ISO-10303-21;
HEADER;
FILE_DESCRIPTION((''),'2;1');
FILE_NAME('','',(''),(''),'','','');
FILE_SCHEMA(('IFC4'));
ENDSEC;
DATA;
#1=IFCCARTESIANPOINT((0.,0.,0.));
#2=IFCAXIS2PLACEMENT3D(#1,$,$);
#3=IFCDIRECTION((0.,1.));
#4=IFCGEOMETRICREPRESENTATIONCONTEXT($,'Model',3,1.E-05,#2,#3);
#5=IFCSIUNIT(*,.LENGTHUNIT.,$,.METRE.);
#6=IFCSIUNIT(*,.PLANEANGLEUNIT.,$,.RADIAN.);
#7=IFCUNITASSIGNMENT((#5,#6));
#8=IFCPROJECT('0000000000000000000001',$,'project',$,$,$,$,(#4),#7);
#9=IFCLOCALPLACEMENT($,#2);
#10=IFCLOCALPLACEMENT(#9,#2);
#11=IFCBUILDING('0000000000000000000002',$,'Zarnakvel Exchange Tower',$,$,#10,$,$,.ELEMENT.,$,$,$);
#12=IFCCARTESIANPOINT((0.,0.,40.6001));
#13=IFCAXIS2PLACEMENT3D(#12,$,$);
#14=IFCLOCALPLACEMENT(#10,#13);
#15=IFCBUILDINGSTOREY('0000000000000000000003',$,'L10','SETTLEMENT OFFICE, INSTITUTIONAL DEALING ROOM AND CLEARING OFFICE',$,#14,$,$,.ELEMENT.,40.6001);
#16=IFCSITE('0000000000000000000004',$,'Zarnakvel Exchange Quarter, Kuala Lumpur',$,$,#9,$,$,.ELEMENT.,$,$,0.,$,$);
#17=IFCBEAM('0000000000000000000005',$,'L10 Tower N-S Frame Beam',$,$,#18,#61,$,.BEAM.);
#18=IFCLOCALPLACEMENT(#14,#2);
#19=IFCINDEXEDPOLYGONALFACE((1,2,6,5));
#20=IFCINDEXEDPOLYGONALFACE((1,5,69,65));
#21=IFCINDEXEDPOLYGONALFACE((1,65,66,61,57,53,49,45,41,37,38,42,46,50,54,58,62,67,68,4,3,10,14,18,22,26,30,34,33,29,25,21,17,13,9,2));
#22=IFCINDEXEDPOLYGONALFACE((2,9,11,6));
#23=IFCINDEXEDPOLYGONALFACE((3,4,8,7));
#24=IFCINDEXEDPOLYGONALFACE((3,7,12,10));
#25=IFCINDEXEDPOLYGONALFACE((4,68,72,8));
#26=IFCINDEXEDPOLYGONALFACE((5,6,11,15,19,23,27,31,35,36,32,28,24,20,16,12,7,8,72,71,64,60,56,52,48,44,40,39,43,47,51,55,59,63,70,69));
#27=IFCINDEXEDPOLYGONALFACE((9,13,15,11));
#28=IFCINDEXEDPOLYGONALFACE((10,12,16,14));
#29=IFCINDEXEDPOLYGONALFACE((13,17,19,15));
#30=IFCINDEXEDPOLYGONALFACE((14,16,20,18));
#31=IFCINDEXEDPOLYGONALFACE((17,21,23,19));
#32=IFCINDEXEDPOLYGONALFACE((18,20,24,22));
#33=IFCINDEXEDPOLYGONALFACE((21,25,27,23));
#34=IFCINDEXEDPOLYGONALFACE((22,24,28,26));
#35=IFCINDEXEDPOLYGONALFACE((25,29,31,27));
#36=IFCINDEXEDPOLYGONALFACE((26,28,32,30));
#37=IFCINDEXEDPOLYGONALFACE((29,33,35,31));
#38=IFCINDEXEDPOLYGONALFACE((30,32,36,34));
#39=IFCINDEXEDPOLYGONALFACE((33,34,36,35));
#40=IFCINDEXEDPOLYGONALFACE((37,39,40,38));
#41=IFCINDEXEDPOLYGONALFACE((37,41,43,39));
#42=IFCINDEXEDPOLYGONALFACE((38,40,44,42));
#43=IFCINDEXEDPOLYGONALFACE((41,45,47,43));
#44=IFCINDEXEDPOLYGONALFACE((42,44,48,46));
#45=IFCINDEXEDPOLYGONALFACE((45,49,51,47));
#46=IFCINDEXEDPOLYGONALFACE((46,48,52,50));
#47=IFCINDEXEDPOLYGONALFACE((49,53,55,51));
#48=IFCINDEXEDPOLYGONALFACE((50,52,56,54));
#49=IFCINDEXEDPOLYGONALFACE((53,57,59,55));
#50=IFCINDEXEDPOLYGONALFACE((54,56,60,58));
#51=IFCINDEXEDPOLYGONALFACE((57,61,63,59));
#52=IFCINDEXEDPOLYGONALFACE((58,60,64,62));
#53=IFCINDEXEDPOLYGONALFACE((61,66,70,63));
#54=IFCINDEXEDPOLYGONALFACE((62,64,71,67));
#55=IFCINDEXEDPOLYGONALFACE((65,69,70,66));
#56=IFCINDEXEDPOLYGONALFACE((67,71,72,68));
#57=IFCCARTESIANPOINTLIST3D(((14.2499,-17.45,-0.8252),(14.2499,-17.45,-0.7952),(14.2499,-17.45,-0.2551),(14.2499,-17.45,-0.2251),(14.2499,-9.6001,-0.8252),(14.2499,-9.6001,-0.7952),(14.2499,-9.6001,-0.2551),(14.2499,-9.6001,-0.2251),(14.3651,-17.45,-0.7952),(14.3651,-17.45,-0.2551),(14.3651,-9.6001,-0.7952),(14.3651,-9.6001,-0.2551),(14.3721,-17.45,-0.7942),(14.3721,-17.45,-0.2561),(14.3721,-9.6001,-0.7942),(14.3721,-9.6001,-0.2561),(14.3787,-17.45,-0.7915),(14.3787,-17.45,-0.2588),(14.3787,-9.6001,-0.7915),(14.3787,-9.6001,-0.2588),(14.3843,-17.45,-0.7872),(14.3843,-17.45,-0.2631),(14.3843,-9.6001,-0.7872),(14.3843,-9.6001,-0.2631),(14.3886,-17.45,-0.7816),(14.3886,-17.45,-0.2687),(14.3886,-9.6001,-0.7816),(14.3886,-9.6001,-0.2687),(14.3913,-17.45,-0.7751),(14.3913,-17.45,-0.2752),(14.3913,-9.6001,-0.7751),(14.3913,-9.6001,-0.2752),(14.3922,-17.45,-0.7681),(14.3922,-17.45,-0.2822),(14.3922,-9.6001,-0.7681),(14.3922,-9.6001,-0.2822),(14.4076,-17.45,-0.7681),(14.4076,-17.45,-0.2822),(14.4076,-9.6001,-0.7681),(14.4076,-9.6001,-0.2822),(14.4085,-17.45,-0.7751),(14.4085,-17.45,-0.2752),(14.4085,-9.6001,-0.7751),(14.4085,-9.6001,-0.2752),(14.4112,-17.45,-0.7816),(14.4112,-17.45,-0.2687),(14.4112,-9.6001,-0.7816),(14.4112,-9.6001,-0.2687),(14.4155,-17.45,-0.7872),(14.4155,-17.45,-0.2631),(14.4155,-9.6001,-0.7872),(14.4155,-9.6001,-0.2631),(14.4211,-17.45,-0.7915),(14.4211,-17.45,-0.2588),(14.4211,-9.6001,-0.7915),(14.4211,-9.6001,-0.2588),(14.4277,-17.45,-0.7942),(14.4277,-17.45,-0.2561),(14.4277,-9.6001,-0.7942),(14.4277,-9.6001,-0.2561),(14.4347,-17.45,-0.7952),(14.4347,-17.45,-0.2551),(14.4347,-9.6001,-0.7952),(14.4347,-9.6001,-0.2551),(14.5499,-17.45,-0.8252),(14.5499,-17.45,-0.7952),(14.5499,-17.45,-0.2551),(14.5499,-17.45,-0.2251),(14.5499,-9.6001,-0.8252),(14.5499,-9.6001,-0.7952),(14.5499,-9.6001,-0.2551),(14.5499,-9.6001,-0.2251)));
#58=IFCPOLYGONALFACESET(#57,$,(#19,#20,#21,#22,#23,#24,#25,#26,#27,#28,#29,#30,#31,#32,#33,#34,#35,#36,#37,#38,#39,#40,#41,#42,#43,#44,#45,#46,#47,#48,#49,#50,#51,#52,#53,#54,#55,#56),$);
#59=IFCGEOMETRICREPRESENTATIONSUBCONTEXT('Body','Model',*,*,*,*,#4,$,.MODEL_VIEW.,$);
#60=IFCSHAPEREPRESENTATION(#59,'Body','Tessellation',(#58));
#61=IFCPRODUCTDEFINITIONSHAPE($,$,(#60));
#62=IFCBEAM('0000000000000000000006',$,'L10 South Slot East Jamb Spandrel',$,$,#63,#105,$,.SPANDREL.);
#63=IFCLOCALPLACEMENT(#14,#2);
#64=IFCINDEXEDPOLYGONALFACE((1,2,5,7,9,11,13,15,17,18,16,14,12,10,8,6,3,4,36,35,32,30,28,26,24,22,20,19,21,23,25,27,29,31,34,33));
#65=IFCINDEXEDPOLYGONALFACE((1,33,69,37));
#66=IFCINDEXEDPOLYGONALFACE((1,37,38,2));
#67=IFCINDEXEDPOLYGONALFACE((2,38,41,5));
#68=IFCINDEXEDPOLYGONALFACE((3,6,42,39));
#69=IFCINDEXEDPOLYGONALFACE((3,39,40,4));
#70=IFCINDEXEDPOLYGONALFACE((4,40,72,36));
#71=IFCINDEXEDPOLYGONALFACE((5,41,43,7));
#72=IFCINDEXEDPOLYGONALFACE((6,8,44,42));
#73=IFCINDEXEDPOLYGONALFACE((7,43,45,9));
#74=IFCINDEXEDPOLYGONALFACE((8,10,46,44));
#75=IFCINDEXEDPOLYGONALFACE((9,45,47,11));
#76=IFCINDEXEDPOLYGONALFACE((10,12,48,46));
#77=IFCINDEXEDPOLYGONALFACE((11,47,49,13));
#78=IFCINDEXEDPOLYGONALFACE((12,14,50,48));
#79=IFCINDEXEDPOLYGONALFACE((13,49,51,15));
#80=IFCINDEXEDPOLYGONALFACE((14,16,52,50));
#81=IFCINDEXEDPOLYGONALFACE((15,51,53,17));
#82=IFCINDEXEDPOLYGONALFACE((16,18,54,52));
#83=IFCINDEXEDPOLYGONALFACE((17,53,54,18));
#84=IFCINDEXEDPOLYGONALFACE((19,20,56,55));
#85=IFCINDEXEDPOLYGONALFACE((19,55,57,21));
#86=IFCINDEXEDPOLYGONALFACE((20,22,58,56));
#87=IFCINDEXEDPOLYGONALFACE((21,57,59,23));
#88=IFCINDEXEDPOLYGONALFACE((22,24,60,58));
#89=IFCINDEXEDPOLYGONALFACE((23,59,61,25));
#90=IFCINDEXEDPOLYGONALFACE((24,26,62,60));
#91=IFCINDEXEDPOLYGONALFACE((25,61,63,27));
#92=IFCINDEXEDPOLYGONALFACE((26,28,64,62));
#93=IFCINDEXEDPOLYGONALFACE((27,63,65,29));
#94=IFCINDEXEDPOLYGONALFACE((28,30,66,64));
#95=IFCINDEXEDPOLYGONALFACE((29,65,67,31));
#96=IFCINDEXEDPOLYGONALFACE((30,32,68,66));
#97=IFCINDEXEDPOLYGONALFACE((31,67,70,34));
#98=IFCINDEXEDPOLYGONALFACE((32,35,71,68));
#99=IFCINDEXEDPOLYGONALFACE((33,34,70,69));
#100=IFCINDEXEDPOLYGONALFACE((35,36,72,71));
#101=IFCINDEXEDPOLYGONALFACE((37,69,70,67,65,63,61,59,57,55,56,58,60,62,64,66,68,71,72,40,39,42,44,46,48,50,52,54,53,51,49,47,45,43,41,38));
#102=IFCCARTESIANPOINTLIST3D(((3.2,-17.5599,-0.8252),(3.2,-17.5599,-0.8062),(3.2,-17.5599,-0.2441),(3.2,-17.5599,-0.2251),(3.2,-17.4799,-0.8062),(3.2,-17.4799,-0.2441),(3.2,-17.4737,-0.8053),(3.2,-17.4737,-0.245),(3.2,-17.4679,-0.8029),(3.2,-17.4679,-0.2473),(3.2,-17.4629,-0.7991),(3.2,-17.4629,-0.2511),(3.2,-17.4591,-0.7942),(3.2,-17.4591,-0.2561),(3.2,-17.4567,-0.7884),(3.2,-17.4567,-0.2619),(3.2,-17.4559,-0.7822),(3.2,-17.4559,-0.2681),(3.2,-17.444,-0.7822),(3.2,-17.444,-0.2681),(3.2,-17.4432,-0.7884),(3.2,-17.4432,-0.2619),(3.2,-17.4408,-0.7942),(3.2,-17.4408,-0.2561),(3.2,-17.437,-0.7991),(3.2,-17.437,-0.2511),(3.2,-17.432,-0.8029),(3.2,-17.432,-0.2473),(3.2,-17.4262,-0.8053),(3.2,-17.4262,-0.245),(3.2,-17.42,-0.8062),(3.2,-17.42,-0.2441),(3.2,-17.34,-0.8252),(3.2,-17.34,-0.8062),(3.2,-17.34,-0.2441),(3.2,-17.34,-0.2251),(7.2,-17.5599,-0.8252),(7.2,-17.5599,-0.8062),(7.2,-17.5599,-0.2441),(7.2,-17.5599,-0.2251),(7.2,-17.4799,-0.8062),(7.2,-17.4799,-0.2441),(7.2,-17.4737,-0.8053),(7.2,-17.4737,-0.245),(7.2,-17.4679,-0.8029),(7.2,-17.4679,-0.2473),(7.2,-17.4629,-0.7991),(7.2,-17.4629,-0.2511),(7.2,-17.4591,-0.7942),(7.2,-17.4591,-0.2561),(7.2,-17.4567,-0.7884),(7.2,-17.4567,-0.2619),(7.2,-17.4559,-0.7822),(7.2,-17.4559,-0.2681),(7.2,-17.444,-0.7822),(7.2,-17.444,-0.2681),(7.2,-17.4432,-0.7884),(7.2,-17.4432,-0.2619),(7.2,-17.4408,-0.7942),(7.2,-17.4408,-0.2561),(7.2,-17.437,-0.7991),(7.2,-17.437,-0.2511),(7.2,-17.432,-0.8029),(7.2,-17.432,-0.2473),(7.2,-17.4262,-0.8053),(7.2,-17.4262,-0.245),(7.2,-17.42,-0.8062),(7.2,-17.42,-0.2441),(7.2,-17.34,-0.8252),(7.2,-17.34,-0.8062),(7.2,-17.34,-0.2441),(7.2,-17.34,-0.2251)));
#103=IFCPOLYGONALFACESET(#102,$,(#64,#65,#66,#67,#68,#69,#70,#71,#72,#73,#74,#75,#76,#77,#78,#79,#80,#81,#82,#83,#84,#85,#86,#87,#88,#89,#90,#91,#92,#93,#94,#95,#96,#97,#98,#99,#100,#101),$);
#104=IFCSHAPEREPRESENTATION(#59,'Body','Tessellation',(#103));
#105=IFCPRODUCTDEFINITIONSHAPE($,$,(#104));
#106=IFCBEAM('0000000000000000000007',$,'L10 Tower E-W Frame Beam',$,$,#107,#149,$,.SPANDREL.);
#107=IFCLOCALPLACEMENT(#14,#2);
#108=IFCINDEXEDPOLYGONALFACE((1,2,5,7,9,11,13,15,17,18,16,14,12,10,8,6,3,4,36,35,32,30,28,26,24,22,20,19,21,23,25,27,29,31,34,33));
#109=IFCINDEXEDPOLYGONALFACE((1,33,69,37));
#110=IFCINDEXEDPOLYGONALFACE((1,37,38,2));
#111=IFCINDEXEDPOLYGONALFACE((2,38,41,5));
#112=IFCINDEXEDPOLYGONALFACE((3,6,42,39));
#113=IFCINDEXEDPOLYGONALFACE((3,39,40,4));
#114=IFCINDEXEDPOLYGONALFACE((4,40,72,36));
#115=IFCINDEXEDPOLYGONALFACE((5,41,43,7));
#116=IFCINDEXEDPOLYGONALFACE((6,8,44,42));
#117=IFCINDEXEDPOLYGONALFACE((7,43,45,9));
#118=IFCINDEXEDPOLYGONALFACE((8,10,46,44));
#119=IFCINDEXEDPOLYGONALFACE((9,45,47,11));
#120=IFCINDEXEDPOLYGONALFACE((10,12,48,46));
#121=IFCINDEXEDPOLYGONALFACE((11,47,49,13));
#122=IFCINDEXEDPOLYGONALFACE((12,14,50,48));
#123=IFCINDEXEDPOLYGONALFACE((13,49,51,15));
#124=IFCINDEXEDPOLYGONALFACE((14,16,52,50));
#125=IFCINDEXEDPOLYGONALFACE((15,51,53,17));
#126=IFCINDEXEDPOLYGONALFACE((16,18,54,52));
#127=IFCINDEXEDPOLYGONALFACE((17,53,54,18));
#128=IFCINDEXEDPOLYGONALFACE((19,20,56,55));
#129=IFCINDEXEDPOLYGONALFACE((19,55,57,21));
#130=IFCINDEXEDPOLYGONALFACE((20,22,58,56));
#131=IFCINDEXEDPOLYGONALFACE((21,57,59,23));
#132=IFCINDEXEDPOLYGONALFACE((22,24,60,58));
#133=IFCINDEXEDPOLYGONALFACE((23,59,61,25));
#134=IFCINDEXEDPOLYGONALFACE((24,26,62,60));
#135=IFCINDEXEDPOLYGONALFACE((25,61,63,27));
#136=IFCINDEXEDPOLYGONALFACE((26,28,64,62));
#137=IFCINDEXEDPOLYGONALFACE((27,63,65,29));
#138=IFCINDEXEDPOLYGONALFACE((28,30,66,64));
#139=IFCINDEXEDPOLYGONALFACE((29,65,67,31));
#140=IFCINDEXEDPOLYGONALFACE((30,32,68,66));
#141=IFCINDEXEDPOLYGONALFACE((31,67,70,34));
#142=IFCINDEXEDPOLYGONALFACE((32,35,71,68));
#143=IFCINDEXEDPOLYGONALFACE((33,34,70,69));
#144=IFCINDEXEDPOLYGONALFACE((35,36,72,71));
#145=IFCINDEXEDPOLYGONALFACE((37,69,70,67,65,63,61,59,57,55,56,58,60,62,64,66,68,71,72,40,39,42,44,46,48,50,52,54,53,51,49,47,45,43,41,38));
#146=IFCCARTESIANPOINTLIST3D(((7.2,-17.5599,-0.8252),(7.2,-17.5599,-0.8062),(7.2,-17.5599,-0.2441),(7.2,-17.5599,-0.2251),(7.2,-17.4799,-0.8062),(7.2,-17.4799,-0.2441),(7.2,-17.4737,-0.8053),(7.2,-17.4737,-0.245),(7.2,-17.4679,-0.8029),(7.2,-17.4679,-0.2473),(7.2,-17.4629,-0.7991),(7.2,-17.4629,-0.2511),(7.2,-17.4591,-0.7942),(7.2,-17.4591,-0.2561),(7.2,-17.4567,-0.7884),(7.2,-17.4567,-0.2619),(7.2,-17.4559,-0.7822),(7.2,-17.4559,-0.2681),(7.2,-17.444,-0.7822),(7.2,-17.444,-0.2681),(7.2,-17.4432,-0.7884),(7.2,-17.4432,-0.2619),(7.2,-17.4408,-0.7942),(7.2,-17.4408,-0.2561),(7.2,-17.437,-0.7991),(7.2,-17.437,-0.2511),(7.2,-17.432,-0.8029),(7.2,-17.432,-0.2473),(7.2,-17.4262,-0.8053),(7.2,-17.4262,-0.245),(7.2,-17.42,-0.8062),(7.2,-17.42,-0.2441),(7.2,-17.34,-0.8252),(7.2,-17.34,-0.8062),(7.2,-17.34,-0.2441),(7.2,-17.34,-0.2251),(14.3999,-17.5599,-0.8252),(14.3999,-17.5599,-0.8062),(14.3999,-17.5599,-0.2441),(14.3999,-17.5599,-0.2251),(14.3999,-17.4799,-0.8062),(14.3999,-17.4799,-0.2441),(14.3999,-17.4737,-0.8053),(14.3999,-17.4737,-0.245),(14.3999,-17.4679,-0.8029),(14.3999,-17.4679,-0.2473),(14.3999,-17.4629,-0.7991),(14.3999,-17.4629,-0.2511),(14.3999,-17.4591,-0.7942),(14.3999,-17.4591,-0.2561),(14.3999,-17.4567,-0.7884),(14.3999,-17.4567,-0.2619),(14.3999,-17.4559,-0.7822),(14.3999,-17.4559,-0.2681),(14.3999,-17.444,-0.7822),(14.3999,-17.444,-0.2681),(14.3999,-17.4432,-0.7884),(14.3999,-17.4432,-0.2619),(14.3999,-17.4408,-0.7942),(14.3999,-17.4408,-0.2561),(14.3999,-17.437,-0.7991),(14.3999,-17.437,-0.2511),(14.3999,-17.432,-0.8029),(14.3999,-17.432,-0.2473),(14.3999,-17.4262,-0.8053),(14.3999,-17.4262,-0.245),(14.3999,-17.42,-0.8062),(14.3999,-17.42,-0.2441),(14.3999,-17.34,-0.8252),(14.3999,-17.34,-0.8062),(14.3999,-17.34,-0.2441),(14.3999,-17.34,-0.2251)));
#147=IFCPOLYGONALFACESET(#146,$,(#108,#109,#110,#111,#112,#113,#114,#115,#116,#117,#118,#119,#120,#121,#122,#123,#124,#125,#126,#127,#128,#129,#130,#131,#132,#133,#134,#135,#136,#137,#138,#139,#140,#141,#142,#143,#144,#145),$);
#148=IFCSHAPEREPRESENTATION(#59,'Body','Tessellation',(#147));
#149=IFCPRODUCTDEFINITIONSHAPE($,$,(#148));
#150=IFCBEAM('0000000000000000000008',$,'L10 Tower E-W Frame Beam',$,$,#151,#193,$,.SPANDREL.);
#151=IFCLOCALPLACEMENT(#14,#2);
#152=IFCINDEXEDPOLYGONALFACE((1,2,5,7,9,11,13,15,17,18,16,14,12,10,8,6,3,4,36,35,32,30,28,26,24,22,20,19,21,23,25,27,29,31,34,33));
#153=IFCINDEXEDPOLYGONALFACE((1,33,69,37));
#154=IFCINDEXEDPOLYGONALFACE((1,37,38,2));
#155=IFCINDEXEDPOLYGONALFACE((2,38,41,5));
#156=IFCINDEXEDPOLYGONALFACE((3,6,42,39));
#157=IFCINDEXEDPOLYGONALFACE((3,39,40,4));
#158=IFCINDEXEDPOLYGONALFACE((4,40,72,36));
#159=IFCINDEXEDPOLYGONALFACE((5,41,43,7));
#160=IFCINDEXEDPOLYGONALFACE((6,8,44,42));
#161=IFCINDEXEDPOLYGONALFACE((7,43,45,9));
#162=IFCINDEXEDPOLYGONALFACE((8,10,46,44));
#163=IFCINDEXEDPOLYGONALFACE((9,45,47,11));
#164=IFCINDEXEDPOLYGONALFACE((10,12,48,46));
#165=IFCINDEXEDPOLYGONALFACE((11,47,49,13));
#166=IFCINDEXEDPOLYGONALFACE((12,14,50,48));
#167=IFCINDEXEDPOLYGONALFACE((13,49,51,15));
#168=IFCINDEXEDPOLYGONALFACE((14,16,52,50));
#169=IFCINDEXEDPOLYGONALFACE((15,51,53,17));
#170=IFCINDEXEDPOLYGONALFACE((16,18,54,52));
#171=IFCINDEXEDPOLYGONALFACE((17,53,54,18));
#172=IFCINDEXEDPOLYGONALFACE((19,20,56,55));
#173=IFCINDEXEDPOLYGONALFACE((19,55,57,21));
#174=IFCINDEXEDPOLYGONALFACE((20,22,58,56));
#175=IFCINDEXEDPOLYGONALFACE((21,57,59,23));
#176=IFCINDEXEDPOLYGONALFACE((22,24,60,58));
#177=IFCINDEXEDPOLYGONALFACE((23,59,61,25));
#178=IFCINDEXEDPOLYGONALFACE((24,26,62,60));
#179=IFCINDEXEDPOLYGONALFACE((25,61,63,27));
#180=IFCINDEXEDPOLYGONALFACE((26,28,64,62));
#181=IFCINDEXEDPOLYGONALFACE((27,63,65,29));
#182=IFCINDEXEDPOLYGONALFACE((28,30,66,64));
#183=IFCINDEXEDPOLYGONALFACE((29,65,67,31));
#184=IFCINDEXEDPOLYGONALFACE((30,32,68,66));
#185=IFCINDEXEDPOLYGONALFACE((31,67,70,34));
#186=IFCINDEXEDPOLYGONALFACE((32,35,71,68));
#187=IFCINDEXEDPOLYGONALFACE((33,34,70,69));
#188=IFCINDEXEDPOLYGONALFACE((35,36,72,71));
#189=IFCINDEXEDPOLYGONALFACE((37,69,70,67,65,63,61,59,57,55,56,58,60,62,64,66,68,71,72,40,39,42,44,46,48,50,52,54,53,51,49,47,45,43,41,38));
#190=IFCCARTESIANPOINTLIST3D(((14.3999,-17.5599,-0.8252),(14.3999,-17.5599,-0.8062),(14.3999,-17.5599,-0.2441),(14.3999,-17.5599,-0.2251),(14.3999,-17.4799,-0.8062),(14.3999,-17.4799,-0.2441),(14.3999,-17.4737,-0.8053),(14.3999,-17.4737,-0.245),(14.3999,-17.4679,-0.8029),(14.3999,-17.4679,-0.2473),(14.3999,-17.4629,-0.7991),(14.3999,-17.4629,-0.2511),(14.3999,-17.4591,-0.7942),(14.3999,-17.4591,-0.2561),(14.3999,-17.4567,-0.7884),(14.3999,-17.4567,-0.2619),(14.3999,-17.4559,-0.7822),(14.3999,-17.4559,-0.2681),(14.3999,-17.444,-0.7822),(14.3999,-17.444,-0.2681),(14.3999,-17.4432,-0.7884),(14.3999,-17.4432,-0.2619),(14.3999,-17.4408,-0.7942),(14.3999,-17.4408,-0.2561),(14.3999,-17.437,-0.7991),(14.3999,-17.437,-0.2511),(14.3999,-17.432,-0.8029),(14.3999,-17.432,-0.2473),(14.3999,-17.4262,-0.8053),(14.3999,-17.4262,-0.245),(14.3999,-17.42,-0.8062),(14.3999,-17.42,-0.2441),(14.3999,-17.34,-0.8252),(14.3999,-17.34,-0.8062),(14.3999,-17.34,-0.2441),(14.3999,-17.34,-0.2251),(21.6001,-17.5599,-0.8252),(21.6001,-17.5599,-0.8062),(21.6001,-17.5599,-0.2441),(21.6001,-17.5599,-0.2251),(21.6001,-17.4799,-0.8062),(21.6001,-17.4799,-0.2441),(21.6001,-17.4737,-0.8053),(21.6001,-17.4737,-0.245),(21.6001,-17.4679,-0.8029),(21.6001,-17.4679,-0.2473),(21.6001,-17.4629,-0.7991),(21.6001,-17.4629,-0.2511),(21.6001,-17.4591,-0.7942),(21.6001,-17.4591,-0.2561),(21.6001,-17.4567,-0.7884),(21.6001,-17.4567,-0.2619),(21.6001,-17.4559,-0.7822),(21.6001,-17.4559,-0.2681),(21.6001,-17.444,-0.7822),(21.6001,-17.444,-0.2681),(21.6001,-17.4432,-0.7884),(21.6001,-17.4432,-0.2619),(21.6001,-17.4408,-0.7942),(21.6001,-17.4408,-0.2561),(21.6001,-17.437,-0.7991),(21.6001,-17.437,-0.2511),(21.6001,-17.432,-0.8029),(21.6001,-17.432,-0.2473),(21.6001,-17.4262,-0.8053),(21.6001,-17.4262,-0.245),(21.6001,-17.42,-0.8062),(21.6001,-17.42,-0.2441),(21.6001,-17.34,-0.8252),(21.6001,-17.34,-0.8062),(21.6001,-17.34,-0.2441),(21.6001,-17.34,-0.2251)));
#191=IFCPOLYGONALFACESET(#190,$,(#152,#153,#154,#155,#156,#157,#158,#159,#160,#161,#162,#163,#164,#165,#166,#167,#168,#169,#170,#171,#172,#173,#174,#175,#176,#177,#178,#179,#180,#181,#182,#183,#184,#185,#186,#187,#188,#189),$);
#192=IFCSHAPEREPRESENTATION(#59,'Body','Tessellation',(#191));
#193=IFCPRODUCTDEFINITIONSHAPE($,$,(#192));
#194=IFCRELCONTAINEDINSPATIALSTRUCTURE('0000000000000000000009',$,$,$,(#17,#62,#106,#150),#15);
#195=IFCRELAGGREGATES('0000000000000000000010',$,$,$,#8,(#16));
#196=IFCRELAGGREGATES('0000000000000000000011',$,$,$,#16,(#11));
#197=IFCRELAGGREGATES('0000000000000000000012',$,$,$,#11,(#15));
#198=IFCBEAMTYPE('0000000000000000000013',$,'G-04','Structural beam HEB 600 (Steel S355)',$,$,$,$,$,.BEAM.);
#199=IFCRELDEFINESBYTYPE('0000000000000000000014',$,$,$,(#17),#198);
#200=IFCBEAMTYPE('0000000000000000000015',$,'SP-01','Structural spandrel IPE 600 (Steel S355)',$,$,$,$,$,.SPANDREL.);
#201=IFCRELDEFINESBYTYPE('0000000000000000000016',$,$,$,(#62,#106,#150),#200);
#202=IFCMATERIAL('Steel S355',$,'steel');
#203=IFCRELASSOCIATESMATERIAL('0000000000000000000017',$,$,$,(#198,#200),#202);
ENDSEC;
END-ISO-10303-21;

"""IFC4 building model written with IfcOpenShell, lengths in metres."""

from ifc_helpers import new_model, si_unit, direction, frame, origin, origin_2d, place, context, subcontext, project, spatial, i_section, extrude, material, material_profile, profile_set, type_object, element, save


model = new_model("IFC4")

# Units and contexts
model_context = context("Model", 3, precision=1e-05, world=origin(), true_north=direction((0.0, 1.0)))
body_context = subcontext(model_context, "Body", "Model", "MODEL_VIEW")
ifc_project = project(units=[si_unit("LENGTHUNIT", "METRE"), si_unit("PLANEANGLEUNIT", "RADIAN")], contexts=[model_context])

# Site, building, storey
site_placement = place(None, origin())
site = spatial("IfcSite", under=ifc_project, at=site_placement, Name="Zarnakvel Exchange Quarter, Kuala Lumpur", CompositionType="ELEMENT", RefElevation=0.0)
building_placement = place(site_placement, origin())
building = spatial("IfcBuilding", under=site, at=building_placement, Name="Zarnakvel Exchange Tower", CompositionType="ELEMENT")
storey_placement = place(building_placement, frame((0.0, 0.0, 40.6001)))
storey = spatial("IfcBuildingStorey", under=building, at=storey_placement, Name="L10", Description="SETTLEMENT OFFICE, INSTITUTIONAL DEALING ROOM AND CLEARING OFFICE", CompositionType="ELEMENT", Elevation=40.6001)

# Beams
ifc_material_1 = material(Name="Steel S355", Category="steel")
ifc_material_profile_1 = material_profile(ifc_material_1, i_section(OverallWidth=0.3, OverallDepth=0.6001, WebThickness=0.0154, FlangeThickness=0.03, FilletRadius=0.0271, at=origin_2d()))
ifc_profile_set_1 = profile_set([ifc_material_profile_1], Name="Steel S355")
beam_type_1 = type_object("IfcBeamType", Name="G-04", Description="Structural beam HEB 600 (Steel S355)", PredefinedType="BEAM", material=ifc_profile_set_1)
for number, where, z_axis, x_axis, name in (
    (1, (14.3999, -17.45, -0.5251), (0.0, 1.0, 0.0), (-1.0, 0.0, 0.0), "L10 Tower N-S Frame Beam"),
):
    element("IfcBeam", number, at=place(storey_placement, frame(where, z_axis=z_axis, x_axis=x_axis)), inside=storey, type_object=beam_type_1, Name=name, PredefinedType="BEAM", context=body_context, shape_type="SweptSolid", body=[
        extrude(i_section(OverallWidth=0.3, OverallDepth=0.6001, WebThickness=0.0154, FlangeThickness=0.03, FilletRadius=0.0271, at=origin_2d()), origin(), (0.0, 0.0, 1.0), 7.8499),
    ])
ifc_material_profile_2 = material_profile(ifc_material_1, i_section(OverallWidth=0.22, OverallDepth=0.6001, WebThickness=0.012, FlangeThickness=0.019, FilletRadius=0.0239, at=origin_2d()))
ifc_profile_set_2 = profile_set([ifc_material_profile_2], Name="Steel S355")
beam_type_2 = type_object("IfcBeamType", Name="SP-01", Description="Structural spandrel IPE 600 (Steel S355)", PredefinedType="SPANDREL", material=ifc_profile_set_2)
beam_1_placement = place(storey_placement, frame((3.2, -17.45, -0.5251), z_axis=(1.0, 0.0, 0.0), x_axis=(0.0, 1.0, 0.0)))
element("IfcBeam", 2, at=beam_1_placement, inside=storey, type_object=beam_type_2, Name="L10 South Slot East Jamb Spandrel", PredefinedType="SPANDREL", context=body_context, shape_type="SweptSolid", body=[
    extrude(i_section(OverallWidth=0.22, OverallDepth=0.6001, WebThickness=0.012, FlangeThickness=0.019, FilletRadius=0.0239, at=origin_2d()), origin(), (0.0, 0.0, 1.0), 4.0),
])
beam_2_placement = place(storey_placement, frame((7.2, -17.45, -0.5251), z_axis=(1.0, 0.0, 0.0), x_axis=(0.0, 1.0, 0.0)))
element("IfcBeam", 3, at=beam_2_placement, inside=storey, type_object=beam_type_2, Name="L10 Tower E-W Frame Beam", PredefinedType="SPANDREL", context=body_context, shape_type="SweptSolid", body=[
    extrude(i_section(OverallWidth=0.22, OverallDepth=0.6001, WebThickness=0.012, FlangeThickness=0.019, FilletRadius=0.0239, at=origin_2d()), origin(), (0.0, 0.0, 1.0), 7.2),
])
beam_3_placement = place(storey_placement, frame((14.3999, -17.45, -0.5251), z_axis=(1.0, 0.0, 0.0), x_axis=(0.0, 1.0, 0.0)))
element("IfcBeam", 4, at=beam_3_placement, inside=storey, type_object=beam_type_2, Name="L10 Tower E-W Frame Beam", PredefinedType="SPANDREL", context=body_context, shape_type="SweptSolid", body=[
    extrude(i_section(OverallWidth=0.22, OverallDepth=0.6001, WebThickness=0.012, FlangeThickness=0.019, FilletRadius=0.0239, at=origin_2d()), origin(), (0.0, 0.0, 1.0), 7.2002),
])

save(model, "model.ifc")
